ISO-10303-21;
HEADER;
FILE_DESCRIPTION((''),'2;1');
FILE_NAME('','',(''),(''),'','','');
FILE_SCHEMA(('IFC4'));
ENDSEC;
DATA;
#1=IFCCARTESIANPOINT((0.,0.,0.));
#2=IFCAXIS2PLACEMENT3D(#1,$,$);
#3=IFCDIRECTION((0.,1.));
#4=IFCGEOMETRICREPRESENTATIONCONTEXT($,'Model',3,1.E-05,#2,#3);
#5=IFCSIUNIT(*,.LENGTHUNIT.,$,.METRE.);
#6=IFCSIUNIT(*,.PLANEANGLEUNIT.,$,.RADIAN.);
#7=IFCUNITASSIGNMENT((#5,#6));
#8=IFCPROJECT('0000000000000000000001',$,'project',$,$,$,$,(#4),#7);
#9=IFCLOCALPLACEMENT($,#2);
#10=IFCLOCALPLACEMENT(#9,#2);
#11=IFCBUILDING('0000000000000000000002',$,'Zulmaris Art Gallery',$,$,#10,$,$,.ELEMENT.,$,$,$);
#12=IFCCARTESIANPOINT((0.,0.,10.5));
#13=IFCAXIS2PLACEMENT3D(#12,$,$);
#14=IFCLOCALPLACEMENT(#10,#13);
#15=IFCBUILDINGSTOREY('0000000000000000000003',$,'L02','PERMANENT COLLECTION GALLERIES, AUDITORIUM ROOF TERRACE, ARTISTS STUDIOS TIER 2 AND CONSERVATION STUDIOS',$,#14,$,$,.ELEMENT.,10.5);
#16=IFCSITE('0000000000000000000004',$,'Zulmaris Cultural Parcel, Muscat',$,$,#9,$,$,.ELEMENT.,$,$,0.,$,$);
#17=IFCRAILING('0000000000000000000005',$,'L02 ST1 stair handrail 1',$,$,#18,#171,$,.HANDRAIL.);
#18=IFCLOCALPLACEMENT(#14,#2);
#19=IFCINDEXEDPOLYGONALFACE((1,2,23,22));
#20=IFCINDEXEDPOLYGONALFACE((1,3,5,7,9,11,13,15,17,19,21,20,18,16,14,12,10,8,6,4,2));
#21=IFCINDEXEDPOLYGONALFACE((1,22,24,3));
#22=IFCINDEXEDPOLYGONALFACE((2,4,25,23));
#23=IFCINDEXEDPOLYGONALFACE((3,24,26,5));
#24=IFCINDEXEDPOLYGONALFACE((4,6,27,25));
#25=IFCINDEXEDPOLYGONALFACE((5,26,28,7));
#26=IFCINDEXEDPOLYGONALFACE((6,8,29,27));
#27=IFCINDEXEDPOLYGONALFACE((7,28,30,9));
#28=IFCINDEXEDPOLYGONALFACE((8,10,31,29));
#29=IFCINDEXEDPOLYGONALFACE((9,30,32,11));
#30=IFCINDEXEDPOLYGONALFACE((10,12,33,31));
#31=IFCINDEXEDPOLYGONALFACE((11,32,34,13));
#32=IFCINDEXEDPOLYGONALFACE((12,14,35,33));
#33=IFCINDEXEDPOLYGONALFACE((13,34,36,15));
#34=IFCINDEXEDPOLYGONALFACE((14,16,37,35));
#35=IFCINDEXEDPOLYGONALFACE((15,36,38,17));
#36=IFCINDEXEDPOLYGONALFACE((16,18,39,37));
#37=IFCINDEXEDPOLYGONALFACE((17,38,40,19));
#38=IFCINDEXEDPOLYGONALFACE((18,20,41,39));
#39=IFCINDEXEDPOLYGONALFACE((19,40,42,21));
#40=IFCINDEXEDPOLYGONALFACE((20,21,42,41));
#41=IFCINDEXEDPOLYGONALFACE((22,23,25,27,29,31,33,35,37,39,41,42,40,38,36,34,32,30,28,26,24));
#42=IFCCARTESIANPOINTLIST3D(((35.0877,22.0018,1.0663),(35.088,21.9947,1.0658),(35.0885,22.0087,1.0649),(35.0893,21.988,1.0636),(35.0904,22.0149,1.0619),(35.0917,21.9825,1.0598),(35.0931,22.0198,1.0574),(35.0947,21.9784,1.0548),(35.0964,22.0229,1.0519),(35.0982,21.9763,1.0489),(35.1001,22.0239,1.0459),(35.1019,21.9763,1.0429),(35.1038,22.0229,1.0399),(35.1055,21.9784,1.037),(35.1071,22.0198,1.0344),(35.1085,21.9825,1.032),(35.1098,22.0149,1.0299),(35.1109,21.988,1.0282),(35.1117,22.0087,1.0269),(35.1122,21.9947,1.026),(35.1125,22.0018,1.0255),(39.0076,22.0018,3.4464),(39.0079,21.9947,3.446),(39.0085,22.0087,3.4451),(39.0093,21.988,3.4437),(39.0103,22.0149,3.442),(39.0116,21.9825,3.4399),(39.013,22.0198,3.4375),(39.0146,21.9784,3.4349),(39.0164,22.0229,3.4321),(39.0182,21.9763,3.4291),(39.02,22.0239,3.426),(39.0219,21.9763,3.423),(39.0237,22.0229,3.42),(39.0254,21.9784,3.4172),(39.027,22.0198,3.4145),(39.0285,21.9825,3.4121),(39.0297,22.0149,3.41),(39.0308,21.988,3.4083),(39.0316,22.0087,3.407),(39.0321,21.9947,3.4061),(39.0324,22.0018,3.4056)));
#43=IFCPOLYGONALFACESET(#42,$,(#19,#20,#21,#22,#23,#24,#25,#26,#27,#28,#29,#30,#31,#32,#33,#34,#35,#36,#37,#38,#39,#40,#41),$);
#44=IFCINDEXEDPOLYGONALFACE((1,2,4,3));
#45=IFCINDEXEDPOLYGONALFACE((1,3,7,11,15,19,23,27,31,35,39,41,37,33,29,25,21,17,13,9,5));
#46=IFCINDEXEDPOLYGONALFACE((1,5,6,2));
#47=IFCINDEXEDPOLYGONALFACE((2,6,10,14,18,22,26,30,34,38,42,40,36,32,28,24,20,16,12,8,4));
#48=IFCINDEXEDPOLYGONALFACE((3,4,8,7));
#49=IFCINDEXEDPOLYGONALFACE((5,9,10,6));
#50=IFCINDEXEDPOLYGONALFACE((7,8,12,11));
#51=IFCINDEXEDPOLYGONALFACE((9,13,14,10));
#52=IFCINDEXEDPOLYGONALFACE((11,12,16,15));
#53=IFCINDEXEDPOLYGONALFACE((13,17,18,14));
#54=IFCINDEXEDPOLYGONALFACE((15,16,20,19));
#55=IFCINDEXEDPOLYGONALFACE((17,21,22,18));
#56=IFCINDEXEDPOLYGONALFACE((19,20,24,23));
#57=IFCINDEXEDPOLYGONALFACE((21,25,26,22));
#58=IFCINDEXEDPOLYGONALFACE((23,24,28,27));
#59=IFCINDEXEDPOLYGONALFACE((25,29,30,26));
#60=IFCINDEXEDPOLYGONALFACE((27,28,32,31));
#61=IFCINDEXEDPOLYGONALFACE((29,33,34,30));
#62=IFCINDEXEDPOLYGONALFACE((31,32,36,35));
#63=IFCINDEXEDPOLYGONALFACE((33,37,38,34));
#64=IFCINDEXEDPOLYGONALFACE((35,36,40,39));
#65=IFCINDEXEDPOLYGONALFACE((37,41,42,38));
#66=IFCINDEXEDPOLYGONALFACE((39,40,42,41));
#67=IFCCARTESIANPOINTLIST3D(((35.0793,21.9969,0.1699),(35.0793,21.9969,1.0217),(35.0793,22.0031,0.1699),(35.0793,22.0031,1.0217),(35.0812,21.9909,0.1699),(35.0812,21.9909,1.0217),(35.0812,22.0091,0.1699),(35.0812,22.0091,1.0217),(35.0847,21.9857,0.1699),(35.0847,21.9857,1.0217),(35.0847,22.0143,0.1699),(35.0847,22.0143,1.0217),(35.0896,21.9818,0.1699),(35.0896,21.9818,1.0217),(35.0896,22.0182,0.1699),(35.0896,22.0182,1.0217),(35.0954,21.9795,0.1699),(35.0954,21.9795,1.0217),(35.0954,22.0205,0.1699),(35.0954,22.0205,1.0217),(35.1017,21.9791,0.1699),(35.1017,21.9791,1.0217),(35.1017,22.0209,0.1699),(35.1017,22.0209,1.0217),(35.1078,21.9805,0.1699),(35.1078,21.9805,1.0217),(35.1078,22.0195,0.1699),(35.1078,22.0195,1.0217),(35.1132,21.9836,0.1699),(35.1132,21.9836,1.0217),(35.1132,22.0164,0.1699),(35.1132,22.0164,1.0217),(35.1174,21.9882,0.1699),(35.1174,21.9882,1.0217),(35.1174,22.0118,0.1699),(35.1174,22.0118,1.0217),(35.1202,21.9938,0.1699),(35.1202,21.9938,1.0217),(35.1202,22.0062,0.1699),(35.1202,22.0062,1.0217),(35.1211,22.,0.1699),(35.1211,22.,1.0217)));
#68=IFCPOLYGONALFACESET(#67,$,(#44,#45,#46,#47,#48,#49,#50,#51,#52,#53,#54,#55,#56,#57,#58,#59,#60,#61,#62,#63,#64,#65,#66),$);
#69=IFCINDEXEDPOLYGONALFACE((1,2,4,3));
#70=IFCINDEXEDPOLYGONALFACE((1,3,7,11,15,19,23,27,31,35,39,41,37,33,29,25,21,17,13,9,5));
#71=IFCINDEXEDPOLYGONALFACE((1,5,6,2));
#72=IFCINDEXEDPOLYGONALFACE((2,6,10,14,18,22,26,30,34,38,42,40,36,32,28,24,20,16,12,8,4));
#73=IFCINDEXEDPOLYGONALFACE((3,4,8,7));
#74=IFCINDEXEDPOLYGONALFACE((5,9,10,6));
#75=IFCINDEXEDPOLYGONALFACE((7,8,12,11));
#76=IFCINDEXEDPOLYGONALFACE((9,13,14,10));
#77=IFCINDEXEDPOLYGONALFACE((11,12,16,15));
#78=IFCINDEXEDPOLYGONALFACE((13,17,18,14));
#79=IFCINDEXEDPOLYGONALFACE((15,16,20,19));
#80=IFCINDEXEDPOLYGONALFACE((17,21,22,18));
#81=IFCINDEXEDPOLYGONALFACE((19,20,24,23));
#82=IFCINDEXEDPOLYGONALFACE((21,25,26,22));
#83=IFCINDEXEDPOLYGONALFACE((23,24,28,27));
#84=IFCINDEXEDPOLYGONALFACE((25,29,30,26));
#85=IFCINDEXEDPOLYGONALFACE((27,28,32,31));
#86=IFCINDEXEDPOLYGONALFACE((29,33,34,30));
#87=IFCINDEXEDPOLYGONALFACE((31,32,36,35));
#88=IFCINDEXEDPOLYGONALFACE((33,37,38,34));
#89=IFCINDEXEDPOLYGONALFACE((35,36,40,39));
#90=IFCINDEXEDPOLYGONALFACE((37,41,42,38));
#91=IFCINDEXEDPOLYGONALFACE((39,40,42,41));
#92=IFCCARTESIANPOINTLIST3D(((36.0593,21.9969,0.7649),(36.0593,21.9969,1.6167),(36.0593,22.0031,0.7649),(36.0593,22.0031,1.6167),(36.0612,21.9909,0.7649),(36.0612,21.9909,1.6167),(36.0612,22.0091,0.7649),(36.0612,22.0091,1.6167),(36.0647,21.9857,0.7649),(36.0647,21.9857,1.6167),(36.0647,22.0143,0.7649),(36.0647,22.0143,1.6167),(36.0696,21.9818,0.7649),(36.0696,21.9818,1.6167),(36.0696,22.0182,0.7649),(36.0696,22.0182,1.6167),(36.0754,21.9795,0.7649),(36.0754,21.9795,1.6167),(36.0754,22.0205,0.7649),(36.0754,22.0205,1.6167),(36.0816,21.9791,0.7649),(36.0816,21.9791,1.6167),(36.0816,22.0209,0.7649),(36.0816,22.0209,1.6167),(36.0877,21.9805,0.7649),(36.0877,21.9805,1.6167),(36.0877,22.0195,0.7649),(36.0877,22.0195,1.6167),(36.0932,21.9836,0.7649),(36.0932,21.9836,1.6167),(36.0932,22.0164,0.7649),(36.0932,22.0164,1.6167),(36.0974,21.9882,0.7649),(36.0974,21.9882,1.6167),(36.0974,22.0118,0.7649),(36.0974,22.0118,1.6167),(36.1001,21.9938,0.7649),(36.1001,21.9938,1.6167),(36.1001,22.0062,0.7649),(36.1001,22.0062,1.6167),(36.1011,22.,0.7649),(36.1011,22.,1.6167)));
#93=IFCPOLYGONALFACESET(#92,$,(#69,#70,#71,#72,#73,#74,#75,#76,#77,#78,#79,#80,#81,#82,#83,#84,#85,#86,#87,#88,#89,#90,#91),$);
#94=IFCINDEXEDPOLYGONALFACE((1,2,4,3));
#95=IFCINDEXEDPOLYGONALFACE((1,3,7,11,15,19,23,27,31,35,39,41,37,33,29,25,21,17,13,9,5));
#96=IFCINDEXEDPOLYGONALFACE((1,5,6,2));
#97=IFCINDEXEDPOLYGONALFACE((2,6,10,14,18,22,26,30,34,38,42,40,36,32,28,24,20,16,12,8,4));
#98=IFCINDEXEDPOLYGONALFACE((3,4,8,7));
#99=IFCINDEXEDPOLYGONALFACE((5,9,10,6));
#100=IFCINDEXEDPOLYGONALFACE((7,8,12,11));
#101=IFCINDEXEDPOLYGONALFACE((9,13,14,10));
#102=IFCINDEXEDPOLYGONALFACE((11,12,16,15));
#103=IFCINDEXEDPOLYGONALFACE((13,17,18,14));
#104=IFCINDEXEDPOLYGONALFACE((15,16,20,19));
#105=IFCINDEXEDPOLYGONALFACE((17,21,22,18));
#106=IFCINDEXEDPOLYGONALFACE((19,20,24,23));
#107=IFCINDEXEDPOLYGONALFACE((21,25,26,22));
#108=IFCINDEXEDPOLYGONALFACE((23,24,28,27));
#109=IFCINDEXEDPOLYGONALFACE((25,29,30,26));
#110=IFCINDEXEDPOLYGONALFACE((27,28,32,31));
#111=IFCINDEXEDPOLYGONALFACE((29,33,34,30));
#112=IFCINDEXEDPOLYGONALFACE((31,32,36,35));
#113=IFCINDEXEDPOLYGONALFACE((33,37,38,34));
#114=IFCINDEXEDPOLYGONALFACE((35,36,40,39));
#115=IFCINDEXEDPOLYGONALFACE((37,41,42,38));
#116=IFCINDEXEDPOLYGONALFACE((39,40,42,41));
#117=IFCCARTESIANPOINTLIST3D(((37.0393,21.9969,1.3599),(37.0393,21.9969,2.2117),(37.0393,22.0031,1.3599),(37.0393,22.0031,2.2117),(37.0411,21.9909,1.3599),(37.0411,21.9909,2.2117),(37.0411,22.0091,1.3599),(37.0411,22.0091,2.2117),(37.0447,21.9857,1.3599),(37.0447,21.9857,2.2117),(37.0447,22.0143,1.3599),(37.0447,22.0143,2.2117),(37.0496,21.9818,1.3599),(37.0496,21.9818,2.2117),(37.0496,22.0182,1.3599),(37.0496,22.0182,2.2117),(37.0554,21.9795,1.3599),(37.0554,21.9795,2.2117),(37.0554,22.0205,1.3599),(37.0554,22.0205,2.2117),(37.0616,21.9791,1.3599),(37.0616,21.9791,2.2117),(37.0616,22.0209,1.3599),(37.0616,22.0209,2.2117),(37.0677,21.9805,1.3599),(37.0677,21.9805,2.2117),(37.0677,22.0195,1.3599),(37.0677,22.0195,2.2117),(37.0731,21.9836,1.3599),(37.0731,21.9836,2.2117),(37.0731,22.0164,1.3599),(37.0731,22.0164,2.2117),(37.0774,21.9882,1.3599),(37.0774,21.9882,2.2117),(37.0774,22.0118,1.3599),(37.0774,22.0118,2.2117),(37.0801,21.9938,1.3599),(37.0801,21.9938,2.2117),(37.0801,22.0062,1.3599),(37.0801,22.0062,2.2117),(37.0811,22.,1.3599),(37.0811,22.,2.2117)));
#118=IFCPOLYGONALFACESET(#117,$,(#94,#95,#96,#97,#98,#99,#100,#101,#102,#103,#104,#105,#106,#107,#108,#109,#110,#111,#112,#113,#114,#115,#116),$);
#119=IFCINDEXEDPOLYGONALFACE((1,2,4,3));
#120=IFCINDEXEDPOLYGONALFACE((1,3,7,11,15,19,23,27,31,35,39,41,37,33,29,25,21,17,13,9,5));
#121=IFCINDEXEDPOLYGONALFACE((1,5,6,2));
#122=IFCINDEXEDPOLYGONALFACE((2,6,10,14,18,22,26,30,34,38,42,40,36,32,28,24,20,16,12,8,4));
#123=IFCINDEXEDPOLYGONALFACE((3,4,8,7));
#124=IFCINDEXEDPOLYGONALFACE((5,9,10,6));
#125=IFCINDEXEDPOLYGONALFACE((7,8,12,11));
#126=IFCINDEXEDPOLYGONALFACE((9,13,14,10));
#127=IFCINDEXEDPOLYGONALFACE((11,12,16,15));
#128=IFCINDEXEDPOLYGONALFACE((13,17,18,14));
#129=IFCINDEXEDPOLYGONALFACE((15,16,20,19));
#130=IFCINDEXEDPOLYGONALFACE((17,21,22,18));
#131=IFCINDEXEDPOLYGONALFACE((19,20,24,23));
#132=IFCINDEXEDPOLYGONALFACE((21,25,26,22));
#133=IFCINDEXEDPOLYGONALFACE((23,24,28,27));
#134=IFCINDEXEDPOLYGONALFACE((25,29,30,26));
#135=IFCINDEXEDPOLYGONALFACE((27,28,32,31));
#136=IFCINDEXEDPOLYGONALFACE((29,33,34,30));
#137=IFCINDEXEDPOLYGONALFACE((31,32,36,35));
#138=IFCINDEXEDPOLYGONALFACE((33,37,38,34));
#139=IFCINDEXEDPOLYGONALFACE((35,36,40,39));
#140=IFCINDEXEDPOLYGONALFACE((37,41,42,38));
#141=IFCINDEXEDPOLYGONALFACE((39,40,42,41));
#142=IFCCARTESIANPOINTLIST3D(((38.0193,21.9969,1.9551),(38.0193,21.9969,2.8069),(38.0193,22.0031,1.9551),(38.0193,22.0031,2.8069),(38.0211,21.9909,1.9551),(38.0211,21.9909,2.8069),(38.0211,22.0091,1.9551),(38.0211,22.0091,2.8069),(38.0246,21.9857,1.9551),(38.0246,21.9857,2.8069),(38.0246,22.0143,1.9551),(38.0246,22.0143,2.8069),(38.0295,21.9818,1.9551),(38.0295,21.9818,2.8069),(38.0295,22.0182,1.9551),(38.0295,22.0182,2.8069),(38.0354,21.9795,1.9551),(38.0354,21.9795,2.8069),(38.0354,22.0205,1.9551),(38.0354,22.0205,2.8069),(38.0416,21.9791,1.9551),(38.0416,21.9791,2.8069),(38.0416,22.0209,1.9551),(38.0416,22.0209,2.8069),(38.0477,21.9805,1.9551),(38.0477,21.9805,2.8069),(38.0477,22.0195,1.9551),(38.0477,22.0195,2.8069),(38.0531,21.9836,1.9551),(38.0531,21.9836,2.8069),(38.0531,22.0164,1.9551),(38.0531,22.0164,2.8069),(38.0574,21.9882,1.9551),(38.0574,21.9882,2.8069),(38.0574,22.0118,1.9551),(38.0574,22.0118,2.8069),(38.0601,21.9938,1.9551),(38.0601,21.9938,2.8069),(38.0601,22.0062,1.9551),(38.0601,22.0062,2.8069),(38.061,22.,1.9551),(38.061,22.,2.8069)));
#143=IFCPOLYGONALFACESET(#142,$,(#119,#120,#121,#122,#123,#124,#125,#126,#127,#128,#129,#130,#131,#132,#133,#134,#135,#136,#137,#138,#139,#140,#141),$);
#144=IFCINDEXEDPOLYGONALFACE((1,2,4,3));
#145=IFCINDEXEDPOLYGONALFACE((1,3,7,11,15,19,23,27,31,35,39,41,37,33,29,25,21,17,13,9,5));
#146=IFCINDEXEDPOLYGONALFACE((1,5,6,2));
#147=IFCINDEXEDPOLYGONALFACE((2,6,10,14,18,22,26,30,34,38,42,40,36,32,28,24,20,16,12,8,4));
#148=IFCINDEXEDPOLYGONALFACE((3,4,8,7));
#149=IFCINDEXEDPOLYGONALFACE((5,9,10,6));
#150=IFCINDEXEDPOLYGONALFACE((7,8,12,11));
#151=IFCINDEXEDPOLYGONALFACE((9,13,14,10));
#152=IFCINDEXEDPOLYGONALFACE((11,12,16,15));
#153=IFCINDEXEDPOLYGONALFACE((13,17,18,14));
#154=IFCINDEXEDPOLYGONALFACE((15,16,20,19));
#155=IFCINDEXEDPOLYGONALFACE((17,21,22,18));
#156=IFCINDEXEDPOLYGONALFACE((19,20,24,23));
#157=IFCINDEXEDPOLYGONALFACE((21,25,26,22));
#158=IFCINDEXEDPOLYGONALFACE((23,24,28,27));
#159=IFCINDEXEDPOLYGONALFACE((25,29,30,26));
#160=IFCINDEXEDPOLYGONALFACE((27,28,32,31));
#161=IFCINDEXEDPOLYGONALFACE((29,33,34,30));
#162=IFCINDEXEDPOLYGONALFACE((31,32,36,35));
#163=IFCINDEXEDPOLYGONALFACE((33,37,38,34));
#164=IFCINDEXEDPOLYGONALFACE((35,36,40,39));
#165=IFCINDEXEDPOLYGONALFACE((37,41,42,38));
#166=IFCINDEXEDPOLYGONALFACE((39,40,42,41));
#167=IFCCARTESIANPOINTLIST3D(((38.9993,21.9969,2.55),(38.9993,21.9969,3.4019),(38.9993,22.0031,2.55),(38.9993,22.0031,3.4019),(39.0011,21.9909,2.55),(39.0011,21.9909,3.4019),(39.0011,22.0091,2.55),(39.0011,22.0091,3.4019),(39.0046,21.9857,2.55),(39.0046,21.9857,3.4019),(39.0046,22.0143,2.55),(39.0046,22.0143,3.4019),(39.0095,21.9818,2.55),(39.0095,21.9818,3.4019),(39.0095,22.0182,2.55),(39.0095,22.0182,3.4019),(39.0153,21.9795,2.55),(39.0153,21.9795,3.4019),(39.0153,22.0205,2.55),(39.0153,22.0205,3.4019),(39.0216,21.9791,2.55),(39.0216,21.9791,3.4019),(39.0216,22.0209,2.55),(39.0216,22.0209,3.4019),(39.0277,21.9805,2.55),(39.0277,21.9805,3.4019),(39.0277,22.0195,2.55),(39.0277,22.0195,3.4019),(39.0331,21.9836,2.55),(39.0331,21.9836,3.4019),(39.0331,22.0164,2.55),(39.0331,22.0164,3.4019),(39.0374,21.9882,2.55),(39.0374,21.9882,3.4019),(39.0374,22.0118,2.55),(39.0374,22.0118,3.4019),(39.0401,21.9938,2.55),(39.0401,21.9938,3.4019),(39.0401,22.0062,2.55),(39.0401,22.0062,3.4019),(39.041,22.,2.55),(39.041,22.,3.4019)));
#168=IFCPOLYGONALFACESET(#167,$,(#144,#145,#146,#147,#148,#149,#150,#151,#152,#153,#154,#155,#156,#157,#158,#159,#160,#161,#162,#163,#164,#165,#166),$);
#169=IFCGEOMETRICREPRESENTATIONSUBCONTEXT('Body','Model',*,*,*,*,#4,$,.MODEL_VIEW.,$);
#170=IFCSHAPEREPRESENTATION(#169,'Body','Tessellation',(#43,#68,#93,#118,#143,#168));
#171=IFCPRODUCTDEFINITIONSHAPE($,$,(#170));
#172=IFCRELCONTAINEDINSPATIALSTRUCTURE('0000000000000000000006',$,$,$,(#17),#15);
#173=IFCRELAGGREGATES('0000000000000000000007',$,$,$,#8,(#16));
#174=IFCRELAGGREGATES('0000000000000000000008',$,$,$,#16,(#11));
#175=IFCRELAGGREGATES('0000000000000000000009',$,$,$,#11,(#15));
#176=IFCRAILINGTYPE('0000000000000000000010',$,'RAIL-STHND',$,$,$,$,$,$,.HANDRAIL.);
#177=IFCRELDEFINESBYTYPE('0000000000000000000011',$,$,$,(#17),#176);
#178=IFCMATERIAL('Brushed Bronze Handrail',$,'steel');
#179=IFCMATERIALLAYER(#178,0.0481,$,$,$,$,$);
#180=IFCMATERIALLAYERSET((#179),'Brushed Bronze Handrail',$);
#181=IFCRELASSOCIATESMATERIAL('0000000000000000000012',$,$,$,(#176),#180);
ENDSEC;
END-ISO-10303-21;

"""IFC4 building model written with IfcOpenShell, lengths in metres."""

from ifc_helpers import new_model, si_unit, direction, frame, origin, origin_2d, place, context, subcontext, project, spatial, circle, extrude, material, layer, layer_set, type_object, element, save


model = new_model("IFC4")

# Units and contexts
model_context = context("Model", 3, precision=1e-05, world=origin(), true_north=direction((0.0, 1.0)))
body_context = subcontext(model_context, "Body", "Model", "MODEL_VIEW")
ifc_project = project(units=[si_unit("LENGTHUNIT", "METRE"), si_unit("PLANEANGLEUNIT", "RADIAN")], contexts=[model_context])

# Site, building, storey
site_placement = place(None, origin())
site = spatial("IfcSite", under=ifc_project, at=site_placement, Name="Zulmaris Cultural Parcel, Muscat", CompositionType="ELEMENT", RefElevation=0.0)
building_placement = place(site_placement, origin())
building = spatial("IfcBuilding", under=site, at=building_placement, Name="Zulmaris Art Gallery", CompositionType="ELEMENT")
storey_placement = place(building_placement, frame((0.0, 0.0, 10.5)))
storey = spatial("IfcBuildingStorey", under=building, at=storey_placement, Name="L02", Description="PERMANENT COLLECTION GALLERIES, AUDITORIUM ROOF TERRACE, ARTISTS STUDIOS TIER 2 AND CONSERVATION STUDIOS", CompositionType="ELEMENT", Elevation=10.5)

# Railing
ifc_material_1 = material(Name="Brushed Bronze Handrail", Category="steel")
ifc_layer_1 = layer(ifc_material_1, 0.0481)
ifc_layer_set_1 = layer_set([ifc_layer_1], Name="Brushed Bronze Handrail")
railing_type_1 = type_object("IfcRailingType", Name="RAIL-STHND", PredefinedType="HANDRAIL", material=ifc_layer_set_1)
railing_1_placement = place(storey_placement, frame((35.1001, 22.0, 0.1699)))
element("IfcRailing", 1, at=railing_1_placement, inside=storey, type_object=railing_type_1, Name="L02 ST1 stair handrail 1", PredefinedType="HANDRAIL", context=body_context, shape_type="SweptSolid", body=[
    extrude(circle(Radius=0.0239, at=origin_2d()), frame((0.0, 0.0, 0.876), z_axis=(0.854771, 0.0, 0.519006), x_axis=(0.0, 1.0, 0.0)), (0.0, 0.0, 1.0), 4.5859),
    extrude(circle(Radius=0.021, at=origin_2d()), origin(), (0.0, 0.0, 1.0), 0.8518),
    extrude(circle(Radius=0.021, at=origin_2d()), frame((0.98, 0.0, 0.595)), (0.0, 0.0, 1.0), 0.8518),
    extrude(circle(Radius=0.021, at=origin_2d()), frame((1.96, 0.0, 1.1899)), (0.0, 0.0, 1.0), 0.8518),
    extrude(circle(Radius=0.021, at=origin_2d()), frame((2.9399, 0.0, 1.7852)), (0.0, 0.0, 1.0), 0.8518),
    extrude(circle(Radius=0.021, at=origin_2d()), frame((3.9199, 0.0, 2.3801)), (0.0, 0.0, 1.0), 0.8518),
])

save(model, "model.ifc")
